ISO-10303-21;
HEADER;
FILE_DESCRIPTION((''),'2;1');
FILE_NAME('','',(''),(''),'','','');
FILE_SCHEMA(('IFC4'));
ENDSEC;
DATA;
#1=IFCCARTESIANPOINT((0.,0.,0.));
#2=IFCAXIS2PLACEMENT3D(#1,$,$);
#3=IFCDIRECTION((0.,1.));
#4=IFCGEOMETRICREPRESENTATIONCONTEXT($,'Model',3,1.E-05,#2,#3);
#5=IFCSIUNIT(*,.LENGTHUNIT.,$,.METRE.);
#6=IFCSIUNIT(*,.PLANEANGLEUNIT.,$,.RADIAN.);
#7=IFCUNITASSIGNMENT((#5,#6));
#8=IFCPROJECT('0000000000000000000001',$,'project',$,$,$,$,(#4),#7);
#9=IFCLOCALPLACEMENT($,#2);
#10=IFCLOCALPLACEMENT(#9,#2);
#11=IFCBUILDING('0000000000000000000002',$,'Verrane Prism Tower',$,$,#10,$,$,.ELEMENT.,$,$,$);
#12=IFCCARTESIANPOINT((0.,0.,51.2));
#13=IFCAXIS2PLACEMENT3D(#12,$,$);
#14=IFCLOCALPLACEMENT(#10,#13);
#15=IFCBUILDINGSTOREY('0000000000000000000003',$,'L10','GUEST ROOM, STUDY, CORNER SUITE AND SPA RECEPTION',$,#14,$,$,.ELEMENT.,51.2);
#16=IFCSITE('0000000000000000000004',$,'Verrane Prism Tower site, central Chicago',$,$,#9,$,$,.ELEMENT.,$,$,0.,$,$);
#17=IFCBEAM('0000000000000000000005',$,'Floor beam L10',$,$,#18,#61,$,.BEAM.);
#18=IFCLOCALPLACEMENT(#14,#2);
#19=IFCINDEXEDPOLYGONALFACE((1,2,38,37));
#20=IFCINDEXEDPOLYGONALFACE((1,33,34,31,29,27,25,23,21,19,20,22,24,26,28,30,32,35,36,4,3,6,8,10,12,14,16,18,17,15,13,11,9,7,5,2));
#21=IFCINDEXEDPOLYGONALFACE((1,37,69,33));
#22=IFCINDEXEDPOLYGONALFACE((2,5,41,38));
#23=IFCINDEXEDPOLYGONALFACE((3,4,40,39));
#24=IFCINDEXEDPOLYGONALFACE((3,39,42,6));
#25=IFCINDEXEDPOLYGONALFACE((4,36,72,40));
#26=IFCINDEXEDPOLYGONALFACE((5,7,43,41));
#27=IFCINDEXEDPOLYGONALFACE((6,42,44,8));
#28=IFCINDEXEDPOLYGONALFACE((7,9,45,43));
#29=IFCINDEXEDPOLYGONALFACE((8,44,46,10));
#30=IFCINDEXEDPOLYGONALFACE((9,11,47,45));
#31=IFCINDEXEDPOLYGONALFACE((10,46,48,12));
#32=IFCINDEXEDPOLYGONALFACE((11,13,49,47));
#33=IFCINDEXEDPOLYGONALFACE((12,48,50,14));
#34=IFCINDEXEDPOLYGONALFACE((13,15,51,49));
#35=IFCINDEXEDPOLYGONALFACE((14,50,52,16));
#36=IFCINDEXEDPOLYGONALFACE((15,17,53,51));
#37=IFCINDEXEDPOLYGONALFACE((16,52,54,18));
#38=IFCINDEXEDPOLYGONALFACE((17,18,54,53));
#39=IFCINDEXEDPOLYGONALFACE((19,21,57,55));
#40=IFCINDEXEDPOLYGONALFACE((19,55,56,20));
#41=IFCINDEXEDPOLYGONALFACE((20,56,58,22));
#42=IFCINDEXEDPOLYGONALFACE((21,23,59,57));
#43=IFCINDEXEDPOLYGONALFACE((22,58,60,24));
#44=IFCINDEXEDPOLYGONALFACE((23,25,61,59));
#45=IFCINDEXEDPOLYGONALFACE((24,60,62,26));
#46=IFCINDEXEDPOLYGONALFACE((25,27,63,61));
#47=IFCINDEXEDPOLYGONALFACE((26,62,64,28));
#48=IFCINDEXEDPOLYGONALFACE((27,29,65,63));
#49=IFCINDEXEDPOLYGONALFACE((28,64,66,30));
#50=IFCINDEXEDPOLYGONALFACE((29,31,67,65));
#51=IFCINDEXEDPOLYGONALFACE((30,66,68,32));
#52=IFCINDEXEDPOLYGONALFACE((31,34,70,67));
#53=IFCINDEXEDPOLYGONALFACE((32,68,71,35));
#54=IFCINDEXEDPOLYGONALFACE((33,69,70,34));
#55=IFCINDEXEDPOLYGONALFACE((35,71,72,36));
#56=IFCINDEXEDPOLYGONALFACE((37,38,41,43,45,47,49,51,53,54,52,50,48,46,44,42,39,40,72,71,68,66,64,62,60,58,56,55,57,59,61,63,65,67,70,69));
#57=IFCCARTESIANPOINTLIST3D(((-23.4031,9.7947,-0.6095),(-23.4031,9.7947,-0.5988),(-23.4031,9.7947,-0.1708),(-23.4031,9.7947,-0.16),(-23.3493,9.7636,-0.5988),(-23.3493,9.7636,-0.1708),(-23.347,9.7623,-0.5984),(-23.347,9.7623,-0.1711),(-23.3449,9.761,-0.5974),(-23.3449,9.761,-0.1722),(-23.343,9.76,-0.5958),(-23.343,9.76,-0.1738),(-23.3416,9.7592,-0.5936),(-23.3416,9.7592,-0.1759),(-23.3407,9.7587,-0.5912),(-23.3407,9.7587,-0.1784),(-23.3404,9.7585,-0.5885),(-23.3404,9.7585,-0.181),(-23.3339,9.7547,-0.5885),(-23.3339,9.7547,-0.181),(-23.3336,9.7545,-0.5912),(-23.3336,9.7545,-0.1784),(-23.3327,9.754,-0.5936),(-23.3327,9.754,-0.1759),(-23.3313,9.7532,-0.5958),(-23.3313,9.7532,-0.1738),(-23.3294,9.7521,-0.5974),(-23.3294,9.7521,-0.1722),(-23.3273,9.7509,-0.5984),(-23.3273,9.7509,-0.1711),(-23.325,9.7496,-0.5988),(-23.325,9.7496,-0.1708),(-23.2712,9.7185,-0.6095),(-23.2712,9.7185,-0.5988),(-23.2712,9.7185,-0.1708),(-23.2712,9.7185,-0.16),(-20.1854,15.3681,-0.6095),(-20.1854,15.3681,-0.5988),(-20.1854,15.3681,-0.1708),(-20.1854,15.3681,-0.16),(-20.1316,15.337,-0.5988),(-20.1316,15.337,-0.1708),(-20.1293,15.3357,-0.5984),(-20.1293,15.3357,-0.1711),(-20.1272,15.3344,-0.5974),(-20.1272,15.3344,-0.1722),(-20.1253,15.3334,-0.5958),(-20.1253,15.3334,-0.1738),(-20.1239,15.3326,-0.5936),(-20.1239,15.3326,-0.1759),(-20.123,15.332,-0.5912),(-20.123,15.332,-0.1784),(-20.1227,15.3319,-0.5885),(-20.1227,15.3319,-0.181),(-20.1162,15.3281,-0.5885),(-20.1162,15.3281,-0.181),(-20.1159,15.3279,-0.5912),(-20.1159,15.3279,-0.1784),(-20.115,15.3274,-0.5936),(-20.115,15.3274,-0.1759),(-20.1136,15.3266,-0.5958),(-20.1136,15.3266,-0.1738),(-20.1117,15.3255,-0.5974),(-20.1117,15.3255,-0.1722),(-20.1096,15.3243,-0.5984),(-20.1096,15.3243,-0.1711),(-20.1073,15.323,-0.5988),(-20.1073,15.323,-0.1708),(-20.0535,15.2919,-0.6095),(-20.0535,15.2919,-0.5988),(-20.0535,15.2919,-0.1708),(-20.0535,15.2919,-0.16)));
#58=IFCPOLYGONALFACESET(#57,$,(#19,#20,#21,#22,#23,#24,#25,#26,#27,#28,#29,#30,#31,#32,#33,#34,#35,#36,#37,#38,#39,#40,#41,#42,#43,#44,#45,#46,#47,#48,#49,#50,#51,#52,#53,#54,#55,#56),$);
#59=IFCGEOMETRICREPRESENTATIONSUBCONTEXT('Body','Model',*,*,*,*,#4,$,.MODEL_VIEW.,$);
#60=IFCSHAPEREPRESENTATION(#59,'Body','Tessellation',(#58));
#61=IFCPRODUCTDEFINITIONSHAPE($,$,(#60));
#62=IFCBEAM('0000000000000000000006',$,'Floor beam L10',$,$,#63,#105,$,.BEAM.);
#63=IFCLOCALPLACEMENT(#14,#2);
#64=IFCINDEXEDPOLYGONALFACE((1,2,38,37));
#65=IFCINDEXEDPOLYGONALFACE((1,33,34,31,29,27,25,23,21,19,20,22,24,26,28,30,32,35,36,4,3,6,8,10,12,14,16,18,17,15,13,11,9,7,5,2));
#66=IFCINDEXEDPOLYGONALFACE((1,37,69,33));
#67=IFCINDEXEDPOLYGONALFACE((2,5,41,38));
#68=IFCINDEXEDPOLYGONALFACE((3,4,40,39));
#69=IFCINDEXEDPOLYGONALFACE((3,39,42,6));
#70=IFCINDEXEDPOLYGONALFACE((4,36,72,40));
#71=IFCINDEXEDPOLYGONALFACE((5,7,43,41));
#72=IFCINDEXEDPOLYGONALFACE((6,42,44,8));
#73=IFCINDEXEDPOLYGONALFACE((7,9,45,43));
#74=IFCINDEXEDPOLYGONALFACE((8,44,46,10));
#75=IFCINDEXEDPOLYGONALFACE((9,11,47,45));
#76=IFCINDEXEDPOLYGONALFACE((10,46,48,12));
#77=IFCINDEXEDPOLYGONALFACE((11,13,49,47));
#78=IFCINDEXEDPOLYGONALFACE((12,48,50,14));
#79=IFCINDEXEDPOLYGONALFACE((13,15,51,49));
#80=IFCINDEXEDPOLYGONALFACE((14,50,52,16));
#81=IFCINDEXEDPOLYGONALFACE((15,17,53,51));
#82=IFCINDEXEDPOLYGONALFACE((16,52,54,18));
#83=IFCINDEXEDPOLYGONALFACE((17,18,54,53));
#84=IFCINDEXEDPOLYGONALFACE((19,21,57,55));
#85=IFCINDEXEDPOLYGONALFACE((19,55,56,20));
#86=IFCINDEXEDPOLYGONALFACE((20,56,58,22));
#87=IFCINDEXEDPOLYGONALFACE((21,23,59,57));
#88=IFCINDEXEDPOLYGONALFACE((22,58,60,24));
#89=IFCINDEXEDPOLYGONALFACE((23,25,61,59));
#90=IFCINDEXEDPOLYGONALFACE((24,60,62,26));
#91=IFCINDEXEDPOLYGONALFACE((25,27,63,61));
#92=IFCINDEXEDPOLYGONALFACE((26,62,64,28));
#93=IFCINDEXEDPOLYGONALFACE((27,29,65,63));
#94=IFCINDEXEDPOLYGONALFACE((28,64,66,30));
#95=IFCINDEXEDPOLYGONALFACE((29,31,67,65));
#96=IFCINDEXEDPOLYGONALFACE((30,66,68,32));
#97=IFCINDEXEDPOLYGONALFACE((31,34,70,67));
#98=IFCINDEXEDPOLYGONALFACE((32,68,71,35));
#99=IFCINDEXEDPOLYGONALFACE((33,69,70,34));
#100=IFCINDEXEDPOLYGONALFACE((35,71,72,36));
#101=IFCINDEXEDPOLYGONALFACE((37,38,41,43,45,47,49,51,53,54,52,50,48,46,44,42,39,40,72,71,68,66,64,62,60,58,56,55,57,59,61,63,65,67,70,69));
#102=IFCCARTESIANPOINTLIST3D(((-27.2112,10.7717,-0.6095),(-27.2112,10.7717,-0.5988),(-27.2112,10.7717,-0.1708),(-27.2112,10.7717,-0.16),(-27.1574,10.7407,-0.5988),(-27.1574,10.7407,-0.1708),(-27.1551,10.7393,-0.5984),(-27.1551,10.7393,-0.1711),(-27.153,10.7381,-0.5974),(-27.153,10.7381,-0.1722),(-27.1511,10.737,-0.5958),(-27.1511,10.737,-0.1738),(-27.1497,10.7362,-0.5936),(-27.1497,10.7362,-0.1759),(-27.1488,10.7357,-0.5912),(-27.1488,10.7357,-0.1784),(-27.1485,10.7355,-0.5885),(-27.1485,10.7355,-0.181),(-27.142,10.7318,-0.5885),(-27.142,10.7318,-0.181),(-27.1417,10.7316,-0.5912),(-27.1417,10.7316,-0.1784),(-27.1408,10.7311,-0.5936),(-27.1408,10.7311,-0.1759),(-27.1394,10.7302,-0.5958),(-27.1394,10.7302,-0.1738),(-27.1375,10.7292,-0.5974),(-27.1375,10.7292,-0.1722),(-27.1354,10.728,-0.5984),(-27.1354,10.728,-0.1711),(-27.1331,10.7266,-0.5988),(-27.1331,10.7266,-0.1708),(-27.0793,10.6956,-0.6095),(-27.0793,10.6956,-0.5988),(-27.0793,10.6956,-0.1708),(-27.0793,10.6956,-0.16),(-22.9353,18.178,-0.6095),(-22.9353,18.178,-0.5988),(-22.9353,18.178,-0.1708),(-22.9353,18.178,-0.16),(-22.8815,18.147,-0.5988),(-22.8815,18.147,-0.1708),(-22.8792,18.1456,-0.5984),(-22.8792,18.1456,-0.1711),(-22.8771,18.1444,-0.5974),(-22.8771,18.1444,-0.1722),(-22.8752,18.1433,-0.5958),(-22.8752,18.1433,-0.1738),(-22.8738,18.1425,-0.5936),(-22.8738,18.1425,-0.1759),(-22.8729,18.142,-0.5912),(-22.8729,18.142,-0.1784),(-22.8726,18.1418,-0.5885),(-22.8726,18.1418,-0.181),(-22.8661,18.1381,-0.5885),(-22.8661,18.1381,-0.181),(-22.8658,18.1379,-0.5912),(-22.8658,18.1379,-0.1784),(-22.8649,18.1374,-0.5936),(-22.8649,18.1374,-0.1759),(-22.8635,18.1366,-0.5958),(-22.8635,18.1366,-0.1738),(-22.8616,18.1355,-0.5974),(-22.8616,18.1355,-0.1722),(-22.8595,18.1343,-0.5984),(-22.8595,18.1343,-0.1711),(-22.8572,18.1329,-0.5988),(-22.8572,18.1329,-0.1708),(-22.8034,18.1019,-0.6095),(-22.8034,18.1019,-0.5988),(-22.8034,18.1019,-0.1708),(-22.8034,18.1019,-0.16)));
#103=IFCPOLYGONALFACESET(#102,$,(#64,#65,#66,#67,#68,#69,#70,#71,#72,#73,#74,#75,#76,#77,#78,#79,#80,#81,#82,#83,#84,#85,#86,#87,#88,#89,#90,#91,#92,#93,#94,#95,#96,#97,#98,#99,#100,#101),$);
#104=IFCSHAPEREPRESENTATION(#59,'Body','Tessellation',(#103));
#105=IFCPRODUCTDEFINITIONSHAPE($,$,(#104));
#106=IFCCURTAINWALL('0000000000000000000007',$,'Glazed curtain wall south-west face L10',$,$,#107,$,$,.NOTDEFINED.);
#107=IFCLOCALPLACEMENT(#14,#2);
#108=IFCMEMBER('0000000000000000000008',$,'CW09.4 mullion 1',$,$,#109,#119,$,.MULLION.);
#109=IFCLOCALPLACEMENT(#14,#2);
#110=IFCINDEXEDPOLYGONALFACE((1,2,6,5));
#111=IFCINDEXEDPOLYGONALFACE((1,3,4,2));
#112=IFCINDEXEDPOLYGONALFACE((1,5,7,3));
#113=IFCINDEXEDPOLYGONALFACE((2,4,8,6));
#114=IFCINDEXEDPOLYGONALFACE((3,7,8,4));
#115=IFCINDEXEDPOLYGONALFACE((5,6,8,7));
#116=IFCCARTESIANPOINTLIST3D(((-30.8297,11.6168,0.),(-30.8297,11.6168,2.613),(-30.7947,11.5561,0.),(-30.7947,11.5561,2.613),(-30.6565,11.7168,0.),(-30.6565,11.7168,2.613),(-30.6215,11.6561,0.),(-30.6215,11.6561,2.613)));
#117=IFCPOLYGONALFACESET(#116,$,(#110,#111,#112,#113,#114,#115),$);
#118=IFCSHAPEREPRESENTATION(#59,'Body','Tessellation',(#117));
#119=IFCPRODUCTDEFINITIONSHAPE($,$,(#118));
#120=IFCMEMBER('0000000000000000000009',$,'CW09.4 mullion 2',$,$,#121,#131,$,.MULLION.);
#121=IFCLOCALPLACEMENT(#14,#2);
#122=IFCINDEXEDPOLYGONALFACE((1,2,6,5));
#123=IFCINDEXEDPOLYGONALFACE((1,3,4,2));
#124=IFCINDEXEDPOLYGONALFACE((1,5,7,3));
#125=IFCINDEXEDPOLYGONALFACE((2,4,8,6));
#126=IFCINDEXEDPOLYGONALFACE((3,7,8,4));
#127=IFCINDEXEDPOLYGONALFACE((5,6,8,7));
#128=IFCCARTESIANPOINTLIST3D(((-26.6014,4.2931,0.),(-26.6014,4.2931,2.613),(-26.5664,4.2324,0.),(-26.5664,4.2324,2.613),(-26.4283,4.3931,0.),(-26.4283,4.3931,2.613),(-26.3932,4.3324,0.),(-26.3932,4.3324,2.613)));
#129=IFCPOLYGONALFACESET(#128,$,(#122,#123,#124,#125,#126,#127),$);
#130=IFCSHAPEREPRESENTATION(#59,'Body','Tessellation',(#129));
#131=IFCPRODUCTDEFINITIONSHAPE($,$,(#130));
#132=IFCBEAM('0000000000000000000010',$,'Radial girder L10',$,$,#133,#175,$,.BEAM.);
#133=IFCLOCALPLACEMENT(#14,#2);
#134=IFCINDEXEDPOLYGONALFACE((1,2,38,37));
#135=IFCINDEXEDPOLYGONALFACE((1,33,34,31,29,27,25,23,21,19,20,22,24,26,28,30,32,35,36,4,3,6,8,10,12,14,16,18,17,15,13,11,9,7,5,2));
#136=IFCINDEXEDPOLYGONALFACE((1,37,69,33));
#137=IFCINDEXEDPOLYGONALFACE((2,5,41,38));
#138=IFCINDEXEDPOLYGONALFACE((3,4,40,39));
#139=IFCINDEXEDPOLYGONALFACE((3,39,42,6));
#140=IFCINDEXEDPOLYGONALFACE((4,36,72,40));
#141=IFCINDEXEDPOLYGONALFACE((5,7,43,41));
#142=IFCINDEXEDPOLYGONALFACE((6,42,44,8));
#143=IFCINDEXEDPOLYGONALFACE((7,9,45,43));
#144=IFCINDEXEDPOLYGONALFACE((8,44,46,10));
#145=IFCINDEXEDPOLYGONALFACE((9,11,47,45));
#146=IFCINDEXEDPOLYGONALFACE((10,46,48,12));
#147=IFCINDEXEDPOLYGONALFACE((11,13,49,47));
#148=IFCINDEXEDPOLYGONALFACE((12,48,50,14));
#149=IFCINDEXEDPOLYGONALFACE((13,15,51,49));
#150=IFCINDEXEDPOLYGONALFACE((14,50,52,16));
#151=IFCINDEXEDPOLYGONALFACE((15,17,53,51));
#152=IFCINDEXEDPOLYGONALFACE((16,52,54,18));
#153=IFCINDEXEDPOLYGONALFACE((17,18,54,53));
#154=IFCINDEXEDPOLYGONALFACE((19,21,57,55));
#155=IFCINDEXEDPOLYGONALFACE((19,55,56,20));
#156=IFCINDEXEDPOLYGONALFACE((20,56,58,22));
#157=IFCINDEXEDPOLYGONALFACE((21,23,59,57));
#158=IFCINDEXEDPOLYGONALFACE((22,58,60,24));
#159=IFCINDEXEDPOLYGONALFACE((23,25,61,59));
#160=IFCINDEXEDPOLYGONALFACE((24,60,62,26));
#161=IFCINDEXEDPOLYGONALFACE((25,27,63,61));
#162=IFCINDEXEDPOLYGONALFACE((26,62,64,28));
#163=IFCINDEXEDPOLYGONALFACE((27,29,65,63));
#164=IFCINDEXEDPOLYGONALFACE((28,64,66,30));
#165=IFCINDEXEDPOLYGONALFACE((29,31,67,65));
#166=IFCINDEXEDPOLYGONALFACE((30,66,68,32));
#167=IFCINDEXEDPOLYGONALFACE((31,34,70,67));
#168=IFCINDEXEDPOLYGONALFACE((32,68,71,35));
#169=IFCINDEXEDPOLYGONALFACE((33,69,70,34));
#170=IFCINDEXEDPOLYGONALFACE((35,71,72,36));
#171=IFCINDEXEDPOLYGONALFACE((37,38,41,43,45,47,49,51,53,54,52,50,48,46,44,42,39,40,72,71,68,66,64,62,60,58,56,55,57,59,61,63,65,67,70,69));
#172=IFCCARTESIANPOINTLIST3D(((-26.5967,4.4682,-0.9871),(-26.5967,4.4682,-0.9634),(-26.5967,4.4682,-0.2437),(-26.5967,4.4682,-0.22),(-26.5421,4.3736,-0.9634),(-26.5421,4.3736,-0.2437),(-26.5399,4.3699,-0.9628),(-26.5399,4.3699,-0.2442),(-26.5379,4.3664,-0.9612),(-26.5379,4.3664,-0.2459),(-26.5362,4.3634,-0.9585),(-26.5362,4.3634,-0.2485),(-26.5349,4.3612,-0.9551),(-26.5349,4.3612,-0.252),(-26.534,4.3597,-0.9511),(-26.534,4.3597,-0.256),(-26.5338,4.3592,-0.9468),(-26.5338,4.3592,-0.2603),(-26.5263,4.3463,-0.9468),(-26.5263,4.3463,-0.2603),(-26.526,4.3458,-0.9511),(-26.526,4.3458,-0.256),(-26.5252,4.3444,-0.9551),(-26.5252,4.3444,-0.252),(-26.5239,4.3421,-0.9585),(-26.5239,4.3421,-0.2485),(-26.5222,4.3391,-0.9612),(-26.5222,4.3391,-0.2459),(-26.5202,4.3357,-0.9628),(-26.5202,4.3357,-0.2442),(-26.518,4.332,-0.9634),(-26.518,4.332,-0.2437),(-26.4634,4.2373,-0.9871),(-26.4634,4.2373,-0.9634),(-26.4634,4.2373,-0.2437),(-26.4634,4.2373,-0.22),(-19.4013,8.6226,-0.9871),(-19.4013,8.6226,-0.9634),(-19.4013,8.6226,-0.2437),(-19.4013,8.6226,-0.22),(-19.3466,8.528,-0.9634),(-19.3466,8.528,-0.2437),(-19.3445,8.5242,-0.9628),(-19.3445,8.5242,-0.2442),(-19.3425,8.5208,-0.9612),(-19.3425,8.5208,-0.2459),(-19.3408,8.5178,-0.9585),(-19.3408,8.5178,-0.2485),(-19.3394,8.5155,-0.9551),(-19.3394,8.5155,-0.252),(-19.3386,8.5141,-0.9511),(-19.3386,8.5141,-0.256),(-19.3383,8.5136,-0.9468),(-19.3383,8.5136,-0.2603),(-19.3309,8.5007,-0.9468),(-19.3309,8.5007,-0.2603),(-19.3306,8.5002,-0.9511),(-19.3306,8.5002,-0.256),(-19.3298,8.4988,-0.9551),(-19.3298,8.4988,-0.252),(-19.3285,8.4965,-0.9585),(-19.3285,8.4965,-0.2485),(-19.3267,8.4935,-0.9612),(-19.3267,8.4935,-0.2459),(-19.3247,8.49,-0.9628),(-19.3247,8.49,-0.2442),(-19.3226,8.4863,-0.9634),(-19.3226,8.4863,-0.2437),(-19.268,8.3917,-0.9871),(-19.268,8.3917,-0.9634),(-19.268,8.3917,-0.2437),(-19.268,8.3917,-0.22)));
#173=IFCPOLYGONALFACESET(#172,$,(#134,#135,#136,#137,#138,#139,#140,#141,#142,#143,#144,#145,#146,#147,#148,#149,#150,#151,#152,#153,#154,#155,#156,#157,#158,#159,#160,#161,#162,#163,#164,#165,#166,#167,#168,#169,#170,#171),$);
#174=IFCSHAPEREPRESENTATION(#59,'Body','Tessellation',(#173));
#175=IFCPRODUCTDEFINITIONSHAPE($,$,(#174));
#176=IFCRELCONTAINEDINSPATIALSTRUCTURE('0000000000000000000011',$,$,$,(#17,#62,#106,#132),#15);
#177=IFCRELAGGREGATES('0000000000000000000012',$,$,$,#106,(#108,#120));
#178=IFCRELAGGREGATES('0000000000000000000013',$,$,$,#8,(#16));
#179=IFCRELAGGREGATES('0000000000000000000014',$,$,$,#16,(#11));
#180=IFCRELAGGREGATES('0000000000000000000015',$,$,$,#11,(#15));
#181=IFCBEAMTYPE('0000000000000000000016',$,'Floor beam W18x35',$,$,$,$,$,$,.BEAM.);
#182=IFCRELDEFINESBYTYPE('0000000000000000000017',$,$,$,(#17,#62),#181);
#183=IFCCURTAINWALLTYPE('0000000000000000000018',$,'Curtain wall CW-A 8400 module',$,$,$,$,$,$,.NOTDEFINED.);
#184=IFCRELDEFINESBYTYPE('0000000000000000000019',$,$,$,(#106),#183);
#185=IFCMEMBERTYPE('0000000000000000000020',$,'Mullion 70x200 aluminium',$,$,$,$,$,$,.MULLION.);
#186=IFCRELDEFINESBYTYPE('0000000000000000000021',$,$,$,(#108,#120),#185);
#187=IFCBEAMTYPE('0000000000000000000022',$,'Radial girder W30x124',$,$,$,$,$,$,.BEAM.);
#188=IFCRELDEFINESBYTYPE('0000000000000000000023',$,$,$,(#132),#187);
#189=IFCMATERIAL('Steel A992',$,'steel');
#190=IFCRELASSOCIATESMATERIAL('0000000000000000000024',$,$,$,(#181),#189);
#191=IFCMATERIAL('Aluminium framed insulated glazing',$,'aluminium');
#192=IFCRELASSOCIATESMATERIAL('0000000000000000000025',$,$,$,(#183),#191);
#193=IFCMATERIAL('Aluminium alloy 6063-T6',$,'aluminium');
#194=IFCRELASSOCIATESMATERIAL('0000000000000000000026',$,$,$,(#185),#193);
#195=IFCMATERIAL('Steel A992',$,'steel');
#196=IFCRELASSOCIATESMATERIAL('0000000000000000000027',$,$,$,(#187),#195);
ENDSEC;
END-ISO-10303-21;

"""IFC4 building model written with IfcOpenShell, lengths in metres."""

from ifc_helpers import new_model, si_unit, direction, frame, origin, origin_2d, place, context, subcontext, project, spatial, rectangle, i_section, extrude, material, material_profile, profile_set, type_object, element, aggregate, save


model = new_model("IFC4")

# Units and contexts
model_context = context("Model", 3, precision=1e-05, world=origin(), true_north=direction((0.0, 1.0)))
body_context = subcontext(model_context, "Body", "Model", "MODEL_VIEW")
ifc_project = project(units=[si_unit("LENGTHUNIT", "METRE"), si_unit("PLANEANGLEUNIT", "RADIAN")], contexts=[model_context])

# Site, building, storey
site_placement = place(None, origin())
site = spatial("IfcSite", under=ifc_project, at=site_placement, Name="Verrane Prism Tower site, central Chicago", CompositionType="ELEMENT", RefElevation=0.0)
building_placement = place(site_placement, origin())
building = spatial("IfcBuilding", under=site, at=building_placement, Name="Verrane Prism Tower", CompositionType="ELEMENT")
storey_placement = place(building_placement, frame((0.0, 0.0, 51.2)))
storey = spatial("IfcBuildingStorey", under=building, at=storey_placement, Name="L10", Description="GUEST ROOM, STUDY, CORNER SUITE AND SPA RECEPTION", CompositionType="ELEMENT", Elevation=51.2)

# Beams
ifc_material_1 = material(Name="Steel A992", Category="steel")
ifc_material_profile_1 = material_profile(ifc_material_1, i_section(OverallWidth=0.1523, OverallDepth=0.4495, WebThickness=0.0076, FlangeThickness=0.0107, FilletRadius=0.0103, at=origin_2d()), Name="W18x35")
ifc_profile_set_1 = profile_set([ifc_material_profile_1], Name="Steel A992")
beam_type_1 = type_object("IfcBeamType", Name="Floor beam W18x35", PredefinedType="BEAM", material=ifc_profile_set_1)
beam_1_placement = place(storey_placement, frame((-23.3372, 9.7566, -0.3848), z_axis=(0.499991, 0.866031, 0.0), x_axis=(-0.866031, 0.499991, 0.0)))
element("IfcBeam", 1, at=beam_1_placement, inside=storey, type_object=beam_type_1, Name="Floor beam L10", PredefinedType="BEAM", context=body_context, shape_type="SweptSolid", body=[
    extrude(i_section(OverallWidth=0.1523, OverallDepth=0.4495, WebThickness=0.0076, FlangeThickness=0.0107, FilletRadius=0.0103, at=origin_2d()), origin(), (0.0, 0.0, 1.0), 6.4355),
])
beam_2_placement = place(storey_placement, frame((-27.1453, 10.7336, -0.3848), z_axis=(0.499989, 0.866032, 0.0), x_axis=(-0.866032, 0.499989, 0.0)))
element("IfcBeam", 2, at=beam_2_placement, inside=storey, type_object=beam_type_1, Name="Floor beam L10", PredefinedType="BEAM", context=body_context, shape_type="SweptSolid", body=[
    extrude(i_section(OverallWidth=0.1523, OverallDepth=0.4495, WebThickness=0.0076, FlangeThickness=0.0107, FilletRadius=0.0103, at=origin_2d()), origin(), (0.0, 0.0, 1.0), 8.552),
])

# Curtain wall, members
ifc_material_2 = material(Name="Aluminium framed insulated glazing", Category="aluminium")
curtain_wall_type = type_object("IfcCurtainWallType", Name="Curtain wall CW-A 8400 module", PredefinedType="NOTDEFINED", material=ifc_material_2)
curtain_wall_placement = place(storey_placement, origin())
curtain_wall = element("IfcCurtainWall", 3, at=curtain_wall_placement, inside=storey, type_object=curtain_wall_type, Name="Glazed curtain wall south-west face L10", PredefinedType="NOTDEFINED")
ifc_material_3 = material(Name="Aluminium alloy 6063-T6", Category="aluminium")
ifc_material_profile_2 = material_profile(ifc_material_3, rectangle(XDim=0.2, YDim=0.0701, at=origin_2d()), Name="Mullion 70x200 aluminium")
ifc_profile_set_2 = profile_set([ifc_material_profile_2], Name="Aluminium alloy 6063-T6")
member_type_1 = type_object("IfcMemberType", Name="Mullion 70x200 aluminium", PredefinedType="MULLION", material=ifc_profile_set_2)
member_1_placement = place(storey_placement, frame((-30.7256, 11.6365, 0.0), z_axis=(0.0, 0.0, 1.0), x_axis=(0.866026, 0.499999, 0.0)))
member_1 = element("IfcMember", 4, at=member_1_placement, type_object=member_type_1, Name="CW09.4 mullion 1", PredefinedType="MULLION", context=body_context, shape_type="SweptSolid", body=[
    extrude(rectangle(XDim=0.2, YDim=0.0701, at=origin_2d()), origin(), (0.0, 0.0, 1.0), 2.613),
])
member_2_placement = place(storey_placement, frame((-26.4973, 4.3127, 0.0), z_axis=(0.0, 0.0, 1.0), x_axis=(0.866026, 0.499999, 0.0)))
member_2 = element("IfcMember", 5, at=member_2_placement, type_object=member_type_1, Name="CW09.4 mullion 2", PredefinedType="MULLION", context=body_context, shape_type="SweptSolid", body=[
    extrude(rectangle(XDim=0.2, YDim=0.0701, at=origin_2d()), origin(), (0.0, 0.0, 1.0), 2.613),
])

# Beam
ifc_material_4 = material(Name="Steel A992", Category="steel")
ifc_material_profile_3 = material_profile(ifc_material_4, i_section(OverallWidth=0.2666, OverallDepth=0.7671, WebThickness=0.0149, FlangeThickness=0.0237, FilletRadius=0.0166, at=origin_2d()), Name="W30x124")
ifc_profile_set_3 = profile_set([ifc_material_profile_3], Name="Steel A992")
beam_type_2 = type_object("IfcBeamType", Name="Radial girder W30x124", PredefinedType="BEAM", material=ifc_profile_set_3)
beam_3_placement = place(storey_placement, frame((-26.53, 4.3528, -0.6035), z_axis=(0.866021, 0.500007, 0.0), x_axis=(-0.500007, 0.866021, 0.0)))
element("IfcBeam", 6, at=beam_3_placement, inside=storey, type_object=beam_type_2, Name="Radial girder L10", PredefinedType="BEAM", context=body_context, shape_type="SweptSolid", body=[
    extrude(i_section(OverallWidth=0.2666, OverallDepth=0.7671, WebThickness=0.0149, FlangeThickness=0.0237, FilletRadius=0.0166, at=origin_2d()), origin(), (0.0, 0.0, 1.0), 8.3086),
])

aggregate(curtain_wall, [member_1, member_2])

save(model, "model.ifc")
